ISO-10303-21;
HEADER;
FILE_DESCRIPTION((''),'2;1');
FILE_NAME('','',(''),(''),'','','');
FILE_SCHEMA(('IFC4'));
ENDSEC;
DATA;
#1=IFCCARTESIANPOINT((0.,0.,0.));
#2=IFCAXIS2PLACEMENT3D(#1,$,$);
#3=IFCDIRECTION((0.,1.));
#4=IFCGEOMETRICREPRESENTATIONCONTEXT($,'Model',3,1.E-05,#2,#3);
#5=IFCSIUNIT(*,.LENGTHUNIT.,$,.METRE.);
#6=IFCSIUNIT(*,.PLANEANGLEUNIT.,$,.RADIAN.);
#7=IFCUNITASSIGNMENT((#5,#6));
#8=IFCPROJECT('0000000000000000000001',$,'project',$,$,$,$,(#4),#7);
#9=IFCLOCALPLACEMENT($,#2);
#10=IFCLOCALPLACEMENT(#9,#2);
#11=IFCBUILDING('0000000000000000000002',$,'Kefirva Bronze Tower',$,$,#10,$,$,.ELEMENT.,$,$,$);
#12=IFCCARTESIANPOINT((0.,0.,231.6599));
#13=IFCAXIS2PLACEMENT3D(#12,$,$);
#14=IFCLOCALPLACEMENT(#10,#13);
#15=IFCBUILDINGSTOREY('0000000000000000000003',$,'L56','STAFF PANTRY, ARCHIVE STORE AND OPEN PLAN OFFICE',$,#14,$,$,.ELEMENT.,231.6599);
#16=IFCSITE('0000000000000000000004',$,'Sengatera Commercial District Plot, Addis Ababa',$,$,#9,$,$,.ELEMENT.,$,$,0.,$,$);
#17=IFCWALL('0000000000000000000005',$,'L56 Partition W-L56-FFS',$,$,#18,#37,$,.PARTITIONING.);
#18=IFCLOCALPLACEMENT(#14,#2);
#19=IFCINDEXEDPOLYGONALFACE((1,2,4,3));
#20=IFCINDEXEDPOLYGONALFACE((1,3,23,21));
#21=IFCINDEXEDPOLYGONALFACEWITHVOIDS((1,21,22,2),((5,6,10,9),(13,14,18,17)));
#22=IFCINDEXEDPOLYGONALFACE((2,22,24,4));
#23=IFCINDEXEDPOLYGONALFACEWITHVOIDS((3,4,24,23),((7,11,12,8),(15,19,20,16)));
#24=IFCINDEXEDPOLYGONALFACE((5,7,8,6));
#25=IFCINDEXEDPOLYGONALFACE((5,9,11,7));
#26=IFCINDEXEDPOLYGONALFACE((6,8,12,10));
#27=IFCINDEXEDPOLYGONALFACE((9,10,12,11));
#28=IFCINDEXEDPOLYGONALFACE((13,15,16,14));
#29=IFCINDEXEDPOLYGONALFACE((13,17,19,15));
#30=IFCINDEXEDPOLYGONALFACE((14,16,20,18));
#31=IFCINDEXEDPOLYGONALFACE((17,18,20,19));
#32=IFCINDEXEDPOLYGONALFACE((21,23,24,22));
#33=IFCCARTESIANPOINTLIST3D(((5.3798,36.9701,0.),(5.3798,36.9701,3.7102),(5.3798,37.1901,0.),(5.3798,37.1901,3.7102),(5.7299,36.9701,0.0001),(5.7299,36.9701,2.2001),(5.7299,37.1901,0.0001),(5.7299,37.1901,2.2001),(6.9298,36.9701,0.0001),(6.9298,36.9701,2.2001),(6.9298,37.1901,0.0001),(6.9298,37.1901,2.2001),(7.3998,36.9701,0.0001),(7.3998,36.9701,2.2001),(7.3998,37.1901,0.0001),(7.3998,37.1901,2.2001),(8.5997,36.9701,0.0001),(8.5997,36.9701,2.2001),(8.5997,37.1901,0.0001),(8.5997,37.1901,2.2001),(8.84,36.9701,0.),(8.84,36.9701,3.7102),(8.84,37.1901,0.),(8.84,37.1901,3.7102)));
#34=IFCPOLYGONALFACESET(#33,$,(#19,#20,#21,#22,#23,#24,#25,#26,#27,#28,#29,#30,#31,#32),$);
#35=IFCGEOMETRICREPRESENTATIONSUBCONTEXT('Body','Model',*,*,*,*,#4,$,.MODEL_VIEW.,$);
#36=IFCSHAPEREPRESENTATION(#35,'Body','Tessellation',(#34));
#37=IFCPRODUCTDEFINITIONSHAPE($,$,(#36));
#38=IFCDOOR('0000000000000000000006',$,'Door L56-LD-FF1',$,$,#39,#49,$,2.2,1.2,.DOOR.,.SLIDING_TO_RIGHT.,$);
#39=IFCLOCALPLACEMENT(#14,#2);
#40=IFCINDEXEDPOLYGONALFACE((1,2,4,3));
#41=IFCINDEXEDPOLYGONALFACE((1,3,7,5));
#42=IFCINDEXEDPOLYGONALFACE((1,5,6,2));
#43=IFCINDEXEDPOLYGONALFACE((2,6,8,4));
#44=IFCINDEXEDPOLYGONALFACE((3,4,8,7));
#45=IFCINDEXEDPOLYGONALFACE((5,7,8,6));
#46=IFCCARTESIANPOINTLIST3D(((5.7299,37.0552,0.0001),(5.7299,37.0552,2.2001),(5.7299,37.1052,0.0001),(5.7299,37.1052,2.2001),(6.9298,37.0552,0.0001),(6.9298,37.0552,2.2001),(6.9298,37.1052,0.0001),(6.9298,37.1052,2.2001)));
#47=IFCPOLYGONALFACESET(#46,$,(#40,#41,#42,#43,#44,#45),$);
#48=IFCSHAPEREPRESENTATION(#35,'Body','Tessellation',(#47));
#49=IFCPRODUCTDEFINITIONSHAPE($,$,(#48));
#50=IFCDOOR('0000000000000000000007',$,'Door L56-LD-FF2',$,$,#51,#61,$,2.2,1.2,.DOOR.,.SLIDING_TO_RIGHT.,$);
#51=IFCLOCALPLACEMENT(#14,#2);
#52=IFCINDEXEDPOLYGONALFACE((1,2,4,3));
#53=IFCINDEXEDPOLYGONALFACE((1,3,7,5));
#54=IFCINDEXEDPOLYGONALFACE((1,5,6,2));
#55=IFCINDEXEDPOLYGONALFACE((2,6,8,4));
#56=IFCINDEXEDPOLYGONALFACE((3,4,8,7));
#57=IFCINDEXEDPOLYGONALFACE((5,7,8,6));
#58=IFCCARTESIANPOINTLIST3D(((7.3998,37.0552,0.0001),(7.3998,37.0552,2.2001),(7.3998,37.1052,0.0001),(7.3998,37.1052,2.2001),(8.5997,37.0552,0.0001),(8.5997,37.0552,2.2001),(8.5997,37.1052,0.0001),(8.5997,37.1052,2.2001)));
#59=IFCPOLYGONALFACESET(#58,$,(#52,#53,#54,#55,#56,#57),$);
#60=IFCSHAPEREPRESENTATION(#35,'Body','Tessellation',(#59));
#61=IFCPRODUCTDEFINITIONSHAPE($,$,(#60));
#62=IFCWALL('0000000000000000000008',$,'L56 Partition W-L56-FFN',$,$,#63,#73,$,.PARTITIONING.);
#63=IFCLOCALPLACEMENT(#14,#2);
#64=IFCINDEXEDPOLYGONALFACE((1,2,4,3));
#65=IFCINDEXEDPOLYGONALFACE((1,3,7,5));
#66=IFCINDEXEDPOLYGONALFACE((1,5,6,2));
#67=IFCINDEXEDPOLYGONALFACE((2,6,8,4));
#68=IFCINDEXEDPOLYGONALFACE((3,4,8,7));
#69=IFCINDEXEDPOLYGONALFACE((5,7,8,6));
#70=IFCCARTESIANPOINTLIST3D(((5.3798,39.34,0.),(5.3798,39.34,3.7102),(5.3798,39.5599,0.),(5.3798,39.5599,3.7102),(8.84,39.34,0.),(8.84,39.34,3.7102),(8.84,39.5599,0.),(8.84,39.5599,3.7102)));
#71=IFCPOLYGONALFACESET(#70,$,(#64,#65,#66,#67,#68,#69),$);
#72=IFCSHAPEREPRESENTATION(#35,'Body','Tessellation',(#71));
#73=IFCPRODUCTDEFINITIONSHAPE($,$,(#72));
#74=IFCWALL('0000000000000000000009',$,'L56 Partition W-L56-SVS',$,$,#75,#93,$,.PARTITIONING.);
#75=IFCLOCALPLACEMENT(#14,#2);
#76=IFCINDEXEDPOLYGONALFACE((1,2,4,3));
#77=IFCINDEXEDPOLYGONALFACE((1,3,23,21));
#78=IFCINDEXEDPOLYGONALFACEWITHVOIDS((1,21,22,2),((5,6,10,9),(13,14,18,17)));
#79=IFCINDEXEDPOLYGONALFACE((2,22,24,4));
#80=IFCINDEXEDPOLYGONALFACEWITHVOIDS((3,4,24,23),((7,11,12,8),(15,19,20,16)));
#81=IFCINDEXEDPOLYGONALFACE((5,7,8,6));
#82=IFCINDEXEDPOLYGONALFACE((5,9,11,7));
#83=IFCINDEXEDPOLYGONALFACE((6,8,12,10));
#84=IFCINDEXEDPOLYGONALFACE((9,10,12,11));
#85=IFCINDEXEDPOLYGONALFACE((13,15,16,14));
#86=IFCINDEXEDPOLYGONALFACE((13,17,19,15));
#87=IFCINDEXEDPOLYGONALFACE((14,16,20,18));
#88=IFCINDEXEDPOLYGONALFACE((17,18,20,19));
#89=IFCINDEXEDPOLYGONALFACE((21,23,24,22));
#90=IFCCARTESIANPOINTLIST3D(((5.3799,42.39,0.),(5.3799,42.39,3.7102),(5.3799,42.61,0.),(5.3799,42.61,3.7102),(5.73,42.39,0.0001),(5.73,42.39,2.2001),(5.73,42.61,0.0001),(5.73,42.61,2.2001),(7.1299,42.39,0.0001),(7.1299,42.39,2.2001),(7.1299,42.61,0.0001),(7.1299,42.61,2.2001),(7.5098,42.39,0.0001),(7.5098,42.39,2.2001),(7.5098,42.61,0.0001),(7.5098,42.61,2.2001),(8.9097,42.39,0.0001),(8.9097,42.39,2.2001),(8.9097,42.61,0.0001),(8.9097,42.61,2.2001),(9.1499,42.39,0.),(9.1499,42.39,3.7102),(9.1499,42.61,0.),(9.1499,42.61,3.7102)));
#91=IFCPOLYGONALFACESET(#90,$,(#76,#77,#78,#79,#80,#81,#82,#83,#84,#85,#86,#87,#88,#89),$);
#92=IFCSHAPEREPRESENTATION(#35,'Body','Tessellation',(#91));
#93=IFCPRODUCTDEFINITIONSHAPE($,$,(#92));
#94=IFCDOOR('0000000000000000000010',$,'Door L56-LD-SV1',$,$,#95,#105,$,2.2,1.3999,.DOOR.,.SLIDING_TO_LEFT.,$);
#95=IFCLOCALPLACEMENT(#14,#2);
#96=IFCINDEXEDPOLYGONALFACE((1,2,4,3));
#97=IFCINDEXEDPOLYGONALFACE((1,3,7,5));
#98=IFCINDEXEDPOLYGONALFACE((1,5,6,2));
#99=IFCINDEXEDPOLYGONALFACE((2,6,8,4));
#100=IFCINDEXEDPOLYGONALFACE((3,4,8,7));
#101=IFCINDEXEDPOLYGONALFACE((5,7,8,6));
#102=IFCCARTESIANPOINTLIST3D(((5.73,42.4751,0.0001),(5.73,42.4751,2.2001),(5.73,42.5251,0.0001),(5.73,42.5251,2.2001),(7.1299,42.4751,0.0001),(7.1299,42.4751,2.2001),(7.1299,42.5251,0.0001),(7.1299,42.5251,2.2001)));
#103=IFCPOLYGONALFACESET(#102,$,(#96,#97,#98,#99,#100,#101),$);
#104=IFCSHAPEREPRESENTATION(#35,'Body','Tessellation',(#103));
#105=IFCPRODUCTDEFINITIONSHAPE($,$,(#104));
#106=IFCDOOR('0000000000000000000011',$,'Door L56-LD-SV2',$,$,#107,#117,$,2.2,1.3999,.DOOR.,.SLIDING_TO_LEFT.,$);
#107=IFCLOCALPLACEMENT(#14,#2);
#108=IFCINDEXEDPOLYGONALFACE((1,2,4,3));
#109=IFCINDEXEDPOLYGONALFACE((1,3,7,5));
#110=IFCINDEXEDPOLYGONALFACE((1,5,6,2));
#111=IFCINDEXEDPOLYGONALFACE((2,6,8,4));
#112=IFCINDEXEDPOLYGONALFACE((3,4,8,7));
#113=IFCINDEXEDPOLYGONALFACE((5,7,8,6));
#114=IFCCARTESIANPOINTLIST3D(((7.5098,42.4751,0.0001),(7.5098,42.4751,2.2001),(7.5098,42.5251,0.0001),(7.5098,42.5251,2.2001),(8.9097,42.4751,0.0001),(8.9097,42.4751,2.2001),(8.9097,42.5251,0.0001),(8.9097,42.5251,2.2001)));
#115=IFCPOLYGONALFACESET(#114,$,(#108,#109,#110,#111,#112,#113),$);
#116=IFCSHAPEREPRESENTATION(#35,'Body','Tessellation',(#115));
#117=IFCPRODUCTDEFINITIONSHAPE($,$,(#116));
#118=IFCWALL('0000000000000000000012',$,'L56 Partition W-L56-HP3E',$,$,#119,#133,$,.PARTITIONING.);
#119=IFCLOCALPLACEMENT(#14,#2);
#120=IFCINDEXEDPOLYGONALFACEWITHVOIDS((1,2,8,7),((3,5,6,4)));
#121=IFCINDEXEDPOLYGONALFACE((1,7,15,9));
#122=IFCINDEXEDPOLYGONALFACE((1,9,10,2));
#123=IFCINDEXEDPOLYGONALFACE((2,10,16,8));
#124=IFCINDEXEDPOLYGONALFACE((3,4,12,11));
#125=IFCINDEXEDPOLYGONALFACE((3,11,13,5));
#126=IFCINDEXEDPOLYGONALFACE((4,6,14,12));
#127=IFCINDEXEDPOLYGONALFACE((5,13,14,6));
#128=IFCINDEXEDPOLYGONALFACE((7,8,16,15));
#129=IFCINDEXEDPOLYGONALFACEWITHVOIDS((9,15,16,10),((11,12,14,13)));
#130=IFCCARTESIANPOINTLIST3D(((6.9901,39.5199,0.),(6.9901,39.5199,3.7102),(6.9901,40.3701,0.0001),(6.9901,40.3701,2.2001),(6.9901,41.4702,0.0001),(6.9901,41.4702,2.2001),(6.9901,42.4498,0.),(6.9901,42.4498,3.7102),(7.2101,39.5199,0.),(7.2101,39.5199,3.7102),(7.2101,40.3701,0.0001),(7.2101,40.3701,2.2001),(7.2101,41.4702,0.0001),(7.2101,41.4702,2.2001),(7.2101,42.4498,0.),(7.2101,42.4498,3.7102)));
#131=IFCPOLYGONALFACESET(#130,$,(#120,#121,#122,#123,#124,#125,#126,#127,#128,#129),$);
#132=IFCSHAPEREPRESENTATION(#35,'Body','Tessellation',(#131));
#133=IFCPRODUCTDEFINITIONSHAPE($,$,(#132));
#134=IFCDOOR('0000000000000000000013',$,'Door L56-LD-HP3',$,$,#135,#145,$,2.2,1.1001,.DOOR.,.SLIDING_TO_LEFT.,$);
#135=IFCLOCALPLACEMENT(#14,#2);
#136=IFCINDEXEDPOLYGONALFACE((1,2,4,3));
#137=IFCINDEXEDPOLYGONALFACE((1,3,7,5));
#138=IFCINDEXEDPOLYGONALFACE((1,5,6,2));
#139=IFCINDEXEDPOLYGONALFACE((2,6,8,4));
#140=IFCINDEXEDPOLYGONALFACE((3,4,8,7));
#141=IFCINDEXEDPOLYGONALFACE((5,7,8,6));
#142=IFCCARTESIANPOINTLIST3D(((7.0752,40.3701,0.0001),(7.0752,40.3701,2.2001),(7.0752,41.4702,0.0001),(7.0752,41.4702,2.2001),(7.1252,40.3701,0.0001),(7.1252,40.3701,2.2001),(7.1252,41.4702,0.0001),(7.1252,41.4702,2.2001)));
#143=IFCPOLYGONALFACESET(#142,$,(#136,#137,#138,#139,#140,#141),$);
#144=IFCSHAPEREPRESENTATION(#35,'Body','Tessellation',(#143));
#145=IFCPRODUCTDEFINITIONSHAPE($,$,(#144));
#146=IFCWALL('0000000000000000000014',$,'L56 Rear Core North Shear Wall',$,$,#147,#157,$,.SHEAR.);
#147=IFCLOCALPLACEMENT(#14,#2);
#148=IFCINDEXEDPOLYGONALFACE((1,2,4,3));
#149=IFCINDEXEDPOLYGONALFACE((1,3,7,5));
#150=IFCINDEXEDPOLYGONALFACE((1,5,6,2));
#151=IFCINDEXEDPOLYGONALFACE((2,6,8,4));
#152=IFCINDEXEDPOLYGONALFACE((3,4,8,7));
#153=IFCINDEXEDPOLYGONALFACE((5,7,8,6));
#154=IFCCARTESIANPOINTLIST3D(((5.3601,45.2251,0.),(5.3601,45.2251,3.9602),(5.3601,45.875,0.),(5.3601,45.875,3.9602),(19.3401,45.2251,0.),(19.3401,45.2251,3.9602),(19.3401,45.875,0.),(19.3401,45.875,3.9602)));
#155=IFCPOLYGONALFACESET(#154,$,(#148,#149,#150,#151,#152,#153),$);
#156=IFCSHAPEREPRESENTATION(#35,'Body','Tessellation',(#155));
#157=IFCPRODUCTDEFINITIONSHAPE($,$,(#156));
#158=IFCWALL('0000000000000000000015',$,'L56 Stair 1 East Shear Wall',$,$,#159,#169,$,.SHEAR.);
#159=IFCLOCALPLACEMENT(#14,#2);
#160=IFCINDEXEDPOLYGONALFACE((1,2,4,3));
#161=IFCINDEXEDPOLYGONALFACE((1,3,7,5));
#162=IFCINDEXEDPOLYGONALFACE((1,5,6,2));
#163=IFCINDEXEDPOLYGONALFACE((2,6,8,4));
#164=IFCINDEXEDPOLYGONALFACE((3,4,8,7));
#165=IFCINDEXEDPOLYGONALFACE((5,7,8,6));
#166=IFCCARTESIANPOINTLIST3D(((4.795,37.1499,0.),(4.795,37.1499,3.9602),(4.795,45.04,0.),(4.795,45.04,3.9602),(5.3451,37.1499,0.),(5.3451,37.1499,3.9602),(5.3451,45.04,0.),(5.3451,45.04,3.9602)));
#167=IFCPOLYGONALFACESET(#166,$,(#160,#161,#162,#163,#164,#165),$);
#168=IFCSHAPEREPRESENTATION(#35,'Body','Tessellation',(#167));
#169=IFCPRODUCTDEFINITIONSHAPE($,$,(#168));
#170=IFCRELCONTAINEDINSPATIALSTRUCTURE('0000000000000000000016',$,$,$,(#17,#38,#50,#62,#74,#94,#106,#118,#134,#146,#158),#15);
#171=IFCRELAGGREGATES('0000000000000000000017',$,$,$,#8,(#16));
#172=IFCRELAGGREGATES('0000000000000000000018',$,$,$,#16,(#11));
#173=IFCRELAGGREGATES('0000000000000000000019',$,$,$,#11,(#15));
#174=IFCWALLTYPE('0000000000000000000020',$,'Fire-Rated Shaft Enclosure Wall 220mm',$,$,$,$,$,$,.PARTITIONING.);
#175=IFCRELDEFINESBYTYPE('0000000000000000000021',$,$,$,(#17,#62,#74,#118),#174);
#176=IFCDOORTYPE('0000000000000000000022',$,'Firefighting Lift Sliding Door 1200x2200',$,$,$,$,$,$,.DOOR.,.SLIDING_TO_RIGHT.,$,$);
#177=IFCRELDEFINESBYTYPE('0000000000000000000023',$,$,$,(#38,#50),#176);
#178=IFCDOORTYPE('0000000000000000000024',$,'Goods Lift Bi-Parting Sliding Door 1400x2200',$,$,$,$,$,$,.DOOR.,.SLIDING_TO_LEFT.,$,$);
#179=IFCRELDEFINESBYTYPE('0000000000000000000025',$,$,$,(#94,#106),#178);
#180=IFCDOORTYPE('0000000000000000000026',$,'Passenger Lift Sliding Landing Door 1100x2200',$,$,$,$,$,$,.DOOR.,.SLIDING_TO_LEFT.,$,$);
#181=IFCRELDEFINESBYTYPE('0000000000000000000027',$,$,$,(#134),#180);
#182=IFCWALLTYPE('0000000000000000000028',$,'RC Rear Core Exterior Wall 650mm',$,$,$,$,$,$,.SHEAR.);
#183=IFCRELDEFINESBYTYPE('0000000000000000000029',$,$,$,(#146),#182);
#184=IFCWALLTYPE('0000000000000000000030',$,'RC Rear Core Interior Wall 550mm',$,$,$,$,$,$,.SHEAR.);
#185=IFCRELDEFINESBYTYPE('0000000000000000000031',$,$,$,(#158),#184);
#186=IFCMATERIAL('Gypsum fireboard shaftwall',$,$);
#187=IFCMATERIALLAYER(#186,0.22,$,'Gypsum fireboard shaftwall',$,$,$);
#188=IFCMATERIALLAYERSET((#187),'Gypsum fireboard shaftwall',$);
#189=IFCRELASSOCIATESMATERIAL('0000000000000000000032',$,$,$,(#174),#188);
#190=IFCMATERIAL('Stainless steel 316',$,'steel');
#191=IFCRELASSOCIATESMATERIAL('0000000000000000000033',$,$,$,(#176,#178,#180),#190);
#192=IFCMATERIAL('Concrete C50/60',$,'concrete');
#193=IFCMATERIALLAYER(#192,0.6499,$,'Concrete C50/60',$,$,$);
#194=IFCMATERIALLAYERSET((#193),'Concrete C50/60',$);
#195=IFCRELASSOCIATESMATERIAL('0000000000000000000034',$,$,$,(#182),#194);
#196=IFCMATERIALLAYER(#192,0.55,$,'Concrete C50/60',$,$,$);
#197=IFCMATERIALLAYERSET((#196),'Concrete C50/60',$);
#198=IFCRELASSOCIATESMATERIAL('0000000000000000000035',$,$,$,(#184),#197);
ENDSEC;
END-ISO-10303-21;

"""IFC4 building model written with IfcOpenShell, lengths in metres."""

from ifc_helpers import new_model, si_unit, direction, frame, frame_2d, origin, place, context, subcontext, project, spatial, rectangle, extrude, material, layer, layer_set, type_object, element, fill, save


model = new_model("IFC4")

# Units and contexts
model_context = context("Model", 3, precision=1e-05, world=origin(), true_north=direction((0.0, 1.0)))
body_context = subcontext(model_context, "Body", "Model", "MODEL_VIEW")
ifc_project = project(units=[si_unit("LENGTHUNIT", "METRE"), si_unit("PLANEANGLEUNIT", "RADIAN")], contexts=[model_context])

# Site, building, storey
site_placement = place(None, origin())
site = spatial("IfcSite", under=ifc_project, at=site_placement, Name="Sengatera Commercial District Plot, Addis Ababa", CompositionType="ELEMENT", RefElevation=0.0)
building_placement = place(site_placement, origin())
building = spatial("IfcBuilding", under=site, at=building_placement, Name="Kefirva Bronze Tower", CompositionType="ELEMENT")
storey_placement = place(building_placement, frame((0.0, 0.0, 231.6599)))
storey = spatial("IfcBuildingStorey", under=building, at=storey_placement, Name="L56", Description="STAFF PANTRY, ARCHIVE STORE AND OPEN PLAN OFFICE", CompositionType="ELEMENT", Elevation=231.6599)

# Wall, openings, doors
ifc_material_1 = material(Name="Gypsum fireboard shaftwall")
ifc_layer_1 = layer(ifc_material_1, 0.22, Name="Gypsum fireboard shaftwall")
ifc_layer_set_1 = layer_set([ifc_layer_1], Name="Gypsum fireboard shaftwall")
wall_type_1 = type_object("IfcWallType", Name="Fire-Rated Shaft Enclosure Wall 220mm", PredefinedType="PARTITIONING", material=ifc_layer_set_1)
wall_1_placement = place(storey_placement, frame((5.3799, 37.0801, 0.0), z_axis=(0.0, 0.0, 1.0), x_axis=(1.0, 0.0, 0.0)))
wall_1 = element("IfcWall", 1, at=wall_1_placement, inside=storey, type_object=wall_type_1, Name="L56 Partition W-L56-FFS", PredefinedType="PARTITIONING", context=body_context, shape_type="SweptSolid", body=[
    extrude(rectangle(XDim=3.4602, YDim=0.22, at=frame_2d((1.73, 0.0))), origin(), (0.0, 0.0, 1.0), 3.7102),
])
opening_1_placement = place(wall_1_placement, frame((1.55, 0.0, 0.0), z_axis=(0.0, 0.0, 1.0), x_axis=(-1.0, 0.0, 0.0)))
opening_1 = element("IfcOpeningElement", 2, at=opening_1_placement, cuts=wall_1, PredefinedType="OPENING", context=body_context, shape_type="SweptSolid", body=[
    extrude(rectangle(XDim=1.2, YDim=2.2, at=frame_2d((0.6001, 1.1001))), frame((0.0, 0.1201, 0.0), z_axis=(0.0, -1.0, 0.0), x_axis=(1.0, 0.0, 0.0)), (0.0, 0.0, 1.0), 0.24),
])
opening_2_placement = place(wall_1_placement, frame((3.22, 0.0, 0.0), z_axis=(0.0, 0.0, 1.0), x_axis=(-1.0, 0.0, 0.0)))
opening_2 = element("IfcOpeningElement", 3, at=opening_2_placement, cuts=wall_1, PredefinedType="OPENING", context=body_context, shape_type="SweptSolid", body=[
    extrude(rectangle(XDim=1.2, YDim=2.2, at=frame_2d((0.6001, 1.1001))), frame((0.0, 0.1201, 0.0), z_axis=(0.0, -1.0, 0.0), x_axis=(1.0, 0.0, 0.0)), (0.0, 0.0, 1.0), 0.24),
])
ifc_material_2 = material(Name="Stainless steel 316", Category="steel")
door_type_1 = type_object("IfcDoorType", Name="Firefighting Lift Sliding Door 1200x2200", OperationType="SLIDING_TO_RIGHT", PredefinedType="DOOR", material=ifc_material_2)
door_1_placement = place(opening_1_placement, origin())
door_1 = element("IfcDoor", 4, at=door_1_placement, inside=storey, type_object=door_type_1, Name="Door L56-LD-FF1", OperationType="SLIDING_TO_RIGHT", OverallHeight=2.2, OverallWidth=1.2, PredefinedType="DOOR", context=body_context, shape_type="SweptSolid", body=[
    extrude(rectangle(XDim=1.2, YDim=2.2, at=frame_2d((0.6001, 1.1001))), frame((0.0, 0.0249, 0.0), z_axis=(0.0, -1.0, 0.0), x_axis=(1.0, 0.0, 0.0)), (0.0, 0.0, 1.0), 0.05),
])
fill(opening_1, door_1)
door_2_placement = place(opening_2_placement, origin())
door_2 = element("IfcDoor", 5, at=door_2_placement, inside=storey, type_object=door_type_1, Name="Door L56-LD-FF2", OperationType="SLIDING_TO_RIGHT", OverallHeight=2.2, OverallWidth=1.2, PredefinedType="DOOR", context=body_context, shape_type="SweptSolid", body=[
    extrude(rectangle(XDim=1.2, YDim=2.2, at=frame_2d((0.6001, 1.1001))), frame((0.0, 0.0249, 0.0), z_axis=(0.0, -1.0, 0.0), x_axis=(1.0, 0.0, 0.0)), (0.0, 0.0, 1.0), 0.05),
])
fill(opening_2, door_2)

# Wall
wall_2_placement = place(storey_placement, frame((5.3799, 39.45, 0.0), z_axis=(0.0, 0.0, 1.0), x_axis=(1.0, 0.0, 0.0)))
element("IfcWall", 6, at=wall_2_placement, inside=storey, type_object=wall_type_1, Name="L56 Partition W-L56-FFN", PredefinedType="PARTITIONING", context=body_context, shape_type="SweptSolid", body=[
    extrude(rectangle(XDim=3.4602, YDim=0.22, at=frame_2d((1.73, 0.0))), origin(), (0.0, 0.0, 1.0), 3.7102),
])

# Wall, openings, doors
wall_3_placement = place(storey_placement, frame((5.3799, 42.5, 0.0), z_axis=(0.0, 0.0, 1.0), x_axis=(1.0, 0.0, 0.0)))
wall_3 = element("IfcWall", 7, at=wall_3_placement, inside=storey, type_object=wall_type_1, Name="L56 Partition W-L56-SVS", PredefinedType="PARTITIONING", context=body_context, shape_type="SweptSolid", body=[
    extrude(rectangle(XDim=3.77, YDim=0.22, at=frame_2d((1.885, 0.0))), origin(), (0.0, 0.0, 1.0), 3.7102),
])
opening_3_placement = place(wall_3_placement, frame((1.75, 0.0, 0.0), z_axis=(0.0, 0.0, 1.0), x_axis=(-1.0, 0.0, 0.0)))
opening_3 = element("IfcOpeningElement", 8, at=opening_3_placement, cuts=wall_3, PredefinedType="OPENING", context=body_context, shape_type="SweptSolid", body=[
    extrude(rectangle(XDim=1.3999, YDim=2.2, at=frame_2d((0.7, 1.1001))), frame((0.0, 0.1201, 0.0), z_axis=(0.0, -1.0, 0.0), x_axis=(1.0, 0.0, 0.0)), (0.0, 0.0, 1.0), 0.24),
])
opening_4_placement = place(wall_3_placement, frame((3.5298, 0.0, 0.0), z_axis=(0.0, 0.0, 1.0), x_axis=(-1.0, 0.0, 0.0)))
opening_4 = element("IfcOpeningElement", 9, at=opening_4_placement, cuts=wall_3, PredefinedType="OPENING", context=body_context, shape_type="SweptSolid", body=[
    extrude(rectangle(XDim=1.3999, YDim=2.2, at=frame_2d((0.7, 1.1001))), frame((0.0, 0.1201, 0.0), z_axis=(0.0, -1.0, 0.0), x_axis=(1.0, 0.0, 0.0)), (0.0, 0.0, 1.0), 0.24),
])
door_type_2 = type_object("IfcDoorType", Name="Goods Lift Bi-Parting Sliding Door 1400x2200", OperationType="SLIDING_TO_LEFT", PredefinedType="DOOR", material=ifc_material_2)
door_3_placement = place(opening_3_placement, origin())
door_3 = element("IfcDoor", 10, at=door_3_placement, inside=storey, type_object=door_type_2, Name="Door L56-LD-SV1", OperationType="SLIDING_TO_LEFT", OverallHeight=2.2, OverallWidth=1.3999, PredefinedType="DOOR", context=body_context, shape_type="SweptSolid", body=[
    extrude(rectangle(XDim=1.3999, YDim=2.2, at=frame_2d((0.7, 1.1001))), frame((0.0, 0.0249, 0.0), z_axis=(0.0, -1.0, 0.0), x_axis=(1.0, 0.0, 0.0)), (0.0, 0.0, 1.0), 0.05),
])
fill(opening_3, door_3)
door_4_placement = place(opening_4_placement, origin())
door_4 = element("IfcDoor", 11, at=door_4_placement, inside=storey, type_object=door_type_2, Name="Door L56-LD-SV2", OperationType="SLIDING_TO_LEFT", OverallHeight=2.2, OverallWidth=1.3999, PredefinedType="DOOR", context=body_context, shape_type="SweptSolid", body=[
    extrude(rectangle(XDim=1.3999, YDim=2.2, at=frame_2d((0.7, 1.1001))), frame((0.0, 0.0249, 0.0), z_axis=(0.0, -1.0, 0.0), x_axis=(1.0, 0.0, 0.0)), (0.0, 0.0, 1.0), 0.05),
])
fill(opening_4, door_4)

# Wall, opening, door
wall_4_placement = place(storey_placement, frame((7.1001, 39.52, 0.0), z_axis=(0.0, 0.0, 1.0), x_axis=(0.0, 1.0, 0.0)))
wall_4 = element("IfcWall", 12, at=wall_4_placement, inside=storey, type_object=wall_type_1, Name="L56 Partition W-L56-HP3E", PredefinedType="PARTITIONING", context=body_context, shape_type="SweptSolid", body=[
    extrude(rectangle(XDim=2.9299, YDim=0.22, at=frame_2d((1.4648, 0.0))), origin(), (0.0, 0.0, 1.0), 3.7102),
])
opening_5_placement = place(wall_4_placement, frame((0.8501, 0.0, 0.0)))
opening_5 = element("IfcOpeningElement", 13, at=opening_5_placement, cuts=wall_4, PredefinedType="OPENING", context=body_context, shape_type="SweptSolid", body=[
    extrude(rectangle(XDim=1.1001, YDim=2.2, at=frame_2d((0.55, 1.1001))), frame((0.0, 0.1201, 0.0), z_axis=(0.0, -1.0, 0.0), x_axis=(1.0, 0.0, 0.0)), (0.0, 0.0, 1.0), 0.24),
])
door_type_3 = type_object("IfcDoorType", Name="Passenger Lift Sliding Landing Door 1100x2200", OperationType="SLIDING_TO_LEFT", PredefinedType="DOOR", material=ifc_material_2)
door_5_placement = place(opening_5_placement, origin())
door_5 = element("IfcDoor", 14, at=door_5_placement, inside=storey, type_object=door_type_3, Name="Door L56-LD-HP3", OperationType="SLIDING_TO_LEFT", OverallHeight=2.2, OverallWidth=1.1001, PredefinedType="DOOR", context=body_context, shape_type="SweptSolid", body=[
    extrude(rectangle(XDim=1.1001, YDim=2.2, at=frame_2d((0.55, 1.1001))), frame((0.0, 0.0249, 0.0), z_axis=(0.0, -1.0, 0.0), x_axis=(1.0, 0.0, 0.0)), (0.0, 0.0, 1.0), 0.05),
])
fill(opening_5, door_5)

# Walls
ifc_material_3 = material(Name="Concrete C50/60", Category="concrete")
ifc_layer_2 = layer(ifc_material_3, 0.6499, Name="Concrete C50/60")
ifc_layer_set_2 = layer_set([ifc_layer_2], Name="Concrete C50/60")
wall_type_2 = type_object("IfcWallType", Name="RC Rear Core Exterior Wall 650mm", PredefinedType="SHEAR", material=ifc_layer_set_2)
wall_5_placement = place(storey_placement, frame((5.3601, 45.55, 0.0), z_axis=(0.0, 0.0, 1.0), x_axis=(1.0, 0.0, 0.0)))
element("IfcWall", 15, at=wall_5_placement, inside=storey, type_object=wall_type_2, Name="L56 Rear Core North Shear Wall", PredefinedType="SHEAR", context=body_context, shape_type="SweptSolid", body=[
    extrude(rectangle(XDim=13.98, YDim=0.6499, at=frame_2d((6.99, 0.0))), origin(), (0.0, 0.0, 1.0), 3.9602),
])
ifc_layer_3 = layer(ifc_material_3, 0.55, Name="Concrete C50/60")
ifc_layer_set_3 = layer_set([ifc_layer_3], Name="Concrete C50/60")
wall_type_3 = type_object("IfcWallType", Name="RC Rear Core Interior Wall 550mm", PredefinedType="SHEAR", material=ifc_layer_set_3)
wall_6_placement = place(storey_placement, frame((5.0701, 37.1499, 0.0), z_axis=(0.0, 0.0, 1.0), x_axis=(0.0, 1.0, 0.0)))
element("IfcWall", 16, at=wall_6_placement, inside=storey, type_object=wall_type_3, Name="L56 Stair 1 East Shear Wall", PredefinedType="SHEAR", context=body_context, shape_type="SweptSolid", body=[
    extrude(rectangle(XDim=7.8901, YDim=0.55, at=frame_2d((3.9451, 0.0))), origin(), (0.0, 0.0, 1.0), 3.9602),
])

save(model, "model.ifc")
